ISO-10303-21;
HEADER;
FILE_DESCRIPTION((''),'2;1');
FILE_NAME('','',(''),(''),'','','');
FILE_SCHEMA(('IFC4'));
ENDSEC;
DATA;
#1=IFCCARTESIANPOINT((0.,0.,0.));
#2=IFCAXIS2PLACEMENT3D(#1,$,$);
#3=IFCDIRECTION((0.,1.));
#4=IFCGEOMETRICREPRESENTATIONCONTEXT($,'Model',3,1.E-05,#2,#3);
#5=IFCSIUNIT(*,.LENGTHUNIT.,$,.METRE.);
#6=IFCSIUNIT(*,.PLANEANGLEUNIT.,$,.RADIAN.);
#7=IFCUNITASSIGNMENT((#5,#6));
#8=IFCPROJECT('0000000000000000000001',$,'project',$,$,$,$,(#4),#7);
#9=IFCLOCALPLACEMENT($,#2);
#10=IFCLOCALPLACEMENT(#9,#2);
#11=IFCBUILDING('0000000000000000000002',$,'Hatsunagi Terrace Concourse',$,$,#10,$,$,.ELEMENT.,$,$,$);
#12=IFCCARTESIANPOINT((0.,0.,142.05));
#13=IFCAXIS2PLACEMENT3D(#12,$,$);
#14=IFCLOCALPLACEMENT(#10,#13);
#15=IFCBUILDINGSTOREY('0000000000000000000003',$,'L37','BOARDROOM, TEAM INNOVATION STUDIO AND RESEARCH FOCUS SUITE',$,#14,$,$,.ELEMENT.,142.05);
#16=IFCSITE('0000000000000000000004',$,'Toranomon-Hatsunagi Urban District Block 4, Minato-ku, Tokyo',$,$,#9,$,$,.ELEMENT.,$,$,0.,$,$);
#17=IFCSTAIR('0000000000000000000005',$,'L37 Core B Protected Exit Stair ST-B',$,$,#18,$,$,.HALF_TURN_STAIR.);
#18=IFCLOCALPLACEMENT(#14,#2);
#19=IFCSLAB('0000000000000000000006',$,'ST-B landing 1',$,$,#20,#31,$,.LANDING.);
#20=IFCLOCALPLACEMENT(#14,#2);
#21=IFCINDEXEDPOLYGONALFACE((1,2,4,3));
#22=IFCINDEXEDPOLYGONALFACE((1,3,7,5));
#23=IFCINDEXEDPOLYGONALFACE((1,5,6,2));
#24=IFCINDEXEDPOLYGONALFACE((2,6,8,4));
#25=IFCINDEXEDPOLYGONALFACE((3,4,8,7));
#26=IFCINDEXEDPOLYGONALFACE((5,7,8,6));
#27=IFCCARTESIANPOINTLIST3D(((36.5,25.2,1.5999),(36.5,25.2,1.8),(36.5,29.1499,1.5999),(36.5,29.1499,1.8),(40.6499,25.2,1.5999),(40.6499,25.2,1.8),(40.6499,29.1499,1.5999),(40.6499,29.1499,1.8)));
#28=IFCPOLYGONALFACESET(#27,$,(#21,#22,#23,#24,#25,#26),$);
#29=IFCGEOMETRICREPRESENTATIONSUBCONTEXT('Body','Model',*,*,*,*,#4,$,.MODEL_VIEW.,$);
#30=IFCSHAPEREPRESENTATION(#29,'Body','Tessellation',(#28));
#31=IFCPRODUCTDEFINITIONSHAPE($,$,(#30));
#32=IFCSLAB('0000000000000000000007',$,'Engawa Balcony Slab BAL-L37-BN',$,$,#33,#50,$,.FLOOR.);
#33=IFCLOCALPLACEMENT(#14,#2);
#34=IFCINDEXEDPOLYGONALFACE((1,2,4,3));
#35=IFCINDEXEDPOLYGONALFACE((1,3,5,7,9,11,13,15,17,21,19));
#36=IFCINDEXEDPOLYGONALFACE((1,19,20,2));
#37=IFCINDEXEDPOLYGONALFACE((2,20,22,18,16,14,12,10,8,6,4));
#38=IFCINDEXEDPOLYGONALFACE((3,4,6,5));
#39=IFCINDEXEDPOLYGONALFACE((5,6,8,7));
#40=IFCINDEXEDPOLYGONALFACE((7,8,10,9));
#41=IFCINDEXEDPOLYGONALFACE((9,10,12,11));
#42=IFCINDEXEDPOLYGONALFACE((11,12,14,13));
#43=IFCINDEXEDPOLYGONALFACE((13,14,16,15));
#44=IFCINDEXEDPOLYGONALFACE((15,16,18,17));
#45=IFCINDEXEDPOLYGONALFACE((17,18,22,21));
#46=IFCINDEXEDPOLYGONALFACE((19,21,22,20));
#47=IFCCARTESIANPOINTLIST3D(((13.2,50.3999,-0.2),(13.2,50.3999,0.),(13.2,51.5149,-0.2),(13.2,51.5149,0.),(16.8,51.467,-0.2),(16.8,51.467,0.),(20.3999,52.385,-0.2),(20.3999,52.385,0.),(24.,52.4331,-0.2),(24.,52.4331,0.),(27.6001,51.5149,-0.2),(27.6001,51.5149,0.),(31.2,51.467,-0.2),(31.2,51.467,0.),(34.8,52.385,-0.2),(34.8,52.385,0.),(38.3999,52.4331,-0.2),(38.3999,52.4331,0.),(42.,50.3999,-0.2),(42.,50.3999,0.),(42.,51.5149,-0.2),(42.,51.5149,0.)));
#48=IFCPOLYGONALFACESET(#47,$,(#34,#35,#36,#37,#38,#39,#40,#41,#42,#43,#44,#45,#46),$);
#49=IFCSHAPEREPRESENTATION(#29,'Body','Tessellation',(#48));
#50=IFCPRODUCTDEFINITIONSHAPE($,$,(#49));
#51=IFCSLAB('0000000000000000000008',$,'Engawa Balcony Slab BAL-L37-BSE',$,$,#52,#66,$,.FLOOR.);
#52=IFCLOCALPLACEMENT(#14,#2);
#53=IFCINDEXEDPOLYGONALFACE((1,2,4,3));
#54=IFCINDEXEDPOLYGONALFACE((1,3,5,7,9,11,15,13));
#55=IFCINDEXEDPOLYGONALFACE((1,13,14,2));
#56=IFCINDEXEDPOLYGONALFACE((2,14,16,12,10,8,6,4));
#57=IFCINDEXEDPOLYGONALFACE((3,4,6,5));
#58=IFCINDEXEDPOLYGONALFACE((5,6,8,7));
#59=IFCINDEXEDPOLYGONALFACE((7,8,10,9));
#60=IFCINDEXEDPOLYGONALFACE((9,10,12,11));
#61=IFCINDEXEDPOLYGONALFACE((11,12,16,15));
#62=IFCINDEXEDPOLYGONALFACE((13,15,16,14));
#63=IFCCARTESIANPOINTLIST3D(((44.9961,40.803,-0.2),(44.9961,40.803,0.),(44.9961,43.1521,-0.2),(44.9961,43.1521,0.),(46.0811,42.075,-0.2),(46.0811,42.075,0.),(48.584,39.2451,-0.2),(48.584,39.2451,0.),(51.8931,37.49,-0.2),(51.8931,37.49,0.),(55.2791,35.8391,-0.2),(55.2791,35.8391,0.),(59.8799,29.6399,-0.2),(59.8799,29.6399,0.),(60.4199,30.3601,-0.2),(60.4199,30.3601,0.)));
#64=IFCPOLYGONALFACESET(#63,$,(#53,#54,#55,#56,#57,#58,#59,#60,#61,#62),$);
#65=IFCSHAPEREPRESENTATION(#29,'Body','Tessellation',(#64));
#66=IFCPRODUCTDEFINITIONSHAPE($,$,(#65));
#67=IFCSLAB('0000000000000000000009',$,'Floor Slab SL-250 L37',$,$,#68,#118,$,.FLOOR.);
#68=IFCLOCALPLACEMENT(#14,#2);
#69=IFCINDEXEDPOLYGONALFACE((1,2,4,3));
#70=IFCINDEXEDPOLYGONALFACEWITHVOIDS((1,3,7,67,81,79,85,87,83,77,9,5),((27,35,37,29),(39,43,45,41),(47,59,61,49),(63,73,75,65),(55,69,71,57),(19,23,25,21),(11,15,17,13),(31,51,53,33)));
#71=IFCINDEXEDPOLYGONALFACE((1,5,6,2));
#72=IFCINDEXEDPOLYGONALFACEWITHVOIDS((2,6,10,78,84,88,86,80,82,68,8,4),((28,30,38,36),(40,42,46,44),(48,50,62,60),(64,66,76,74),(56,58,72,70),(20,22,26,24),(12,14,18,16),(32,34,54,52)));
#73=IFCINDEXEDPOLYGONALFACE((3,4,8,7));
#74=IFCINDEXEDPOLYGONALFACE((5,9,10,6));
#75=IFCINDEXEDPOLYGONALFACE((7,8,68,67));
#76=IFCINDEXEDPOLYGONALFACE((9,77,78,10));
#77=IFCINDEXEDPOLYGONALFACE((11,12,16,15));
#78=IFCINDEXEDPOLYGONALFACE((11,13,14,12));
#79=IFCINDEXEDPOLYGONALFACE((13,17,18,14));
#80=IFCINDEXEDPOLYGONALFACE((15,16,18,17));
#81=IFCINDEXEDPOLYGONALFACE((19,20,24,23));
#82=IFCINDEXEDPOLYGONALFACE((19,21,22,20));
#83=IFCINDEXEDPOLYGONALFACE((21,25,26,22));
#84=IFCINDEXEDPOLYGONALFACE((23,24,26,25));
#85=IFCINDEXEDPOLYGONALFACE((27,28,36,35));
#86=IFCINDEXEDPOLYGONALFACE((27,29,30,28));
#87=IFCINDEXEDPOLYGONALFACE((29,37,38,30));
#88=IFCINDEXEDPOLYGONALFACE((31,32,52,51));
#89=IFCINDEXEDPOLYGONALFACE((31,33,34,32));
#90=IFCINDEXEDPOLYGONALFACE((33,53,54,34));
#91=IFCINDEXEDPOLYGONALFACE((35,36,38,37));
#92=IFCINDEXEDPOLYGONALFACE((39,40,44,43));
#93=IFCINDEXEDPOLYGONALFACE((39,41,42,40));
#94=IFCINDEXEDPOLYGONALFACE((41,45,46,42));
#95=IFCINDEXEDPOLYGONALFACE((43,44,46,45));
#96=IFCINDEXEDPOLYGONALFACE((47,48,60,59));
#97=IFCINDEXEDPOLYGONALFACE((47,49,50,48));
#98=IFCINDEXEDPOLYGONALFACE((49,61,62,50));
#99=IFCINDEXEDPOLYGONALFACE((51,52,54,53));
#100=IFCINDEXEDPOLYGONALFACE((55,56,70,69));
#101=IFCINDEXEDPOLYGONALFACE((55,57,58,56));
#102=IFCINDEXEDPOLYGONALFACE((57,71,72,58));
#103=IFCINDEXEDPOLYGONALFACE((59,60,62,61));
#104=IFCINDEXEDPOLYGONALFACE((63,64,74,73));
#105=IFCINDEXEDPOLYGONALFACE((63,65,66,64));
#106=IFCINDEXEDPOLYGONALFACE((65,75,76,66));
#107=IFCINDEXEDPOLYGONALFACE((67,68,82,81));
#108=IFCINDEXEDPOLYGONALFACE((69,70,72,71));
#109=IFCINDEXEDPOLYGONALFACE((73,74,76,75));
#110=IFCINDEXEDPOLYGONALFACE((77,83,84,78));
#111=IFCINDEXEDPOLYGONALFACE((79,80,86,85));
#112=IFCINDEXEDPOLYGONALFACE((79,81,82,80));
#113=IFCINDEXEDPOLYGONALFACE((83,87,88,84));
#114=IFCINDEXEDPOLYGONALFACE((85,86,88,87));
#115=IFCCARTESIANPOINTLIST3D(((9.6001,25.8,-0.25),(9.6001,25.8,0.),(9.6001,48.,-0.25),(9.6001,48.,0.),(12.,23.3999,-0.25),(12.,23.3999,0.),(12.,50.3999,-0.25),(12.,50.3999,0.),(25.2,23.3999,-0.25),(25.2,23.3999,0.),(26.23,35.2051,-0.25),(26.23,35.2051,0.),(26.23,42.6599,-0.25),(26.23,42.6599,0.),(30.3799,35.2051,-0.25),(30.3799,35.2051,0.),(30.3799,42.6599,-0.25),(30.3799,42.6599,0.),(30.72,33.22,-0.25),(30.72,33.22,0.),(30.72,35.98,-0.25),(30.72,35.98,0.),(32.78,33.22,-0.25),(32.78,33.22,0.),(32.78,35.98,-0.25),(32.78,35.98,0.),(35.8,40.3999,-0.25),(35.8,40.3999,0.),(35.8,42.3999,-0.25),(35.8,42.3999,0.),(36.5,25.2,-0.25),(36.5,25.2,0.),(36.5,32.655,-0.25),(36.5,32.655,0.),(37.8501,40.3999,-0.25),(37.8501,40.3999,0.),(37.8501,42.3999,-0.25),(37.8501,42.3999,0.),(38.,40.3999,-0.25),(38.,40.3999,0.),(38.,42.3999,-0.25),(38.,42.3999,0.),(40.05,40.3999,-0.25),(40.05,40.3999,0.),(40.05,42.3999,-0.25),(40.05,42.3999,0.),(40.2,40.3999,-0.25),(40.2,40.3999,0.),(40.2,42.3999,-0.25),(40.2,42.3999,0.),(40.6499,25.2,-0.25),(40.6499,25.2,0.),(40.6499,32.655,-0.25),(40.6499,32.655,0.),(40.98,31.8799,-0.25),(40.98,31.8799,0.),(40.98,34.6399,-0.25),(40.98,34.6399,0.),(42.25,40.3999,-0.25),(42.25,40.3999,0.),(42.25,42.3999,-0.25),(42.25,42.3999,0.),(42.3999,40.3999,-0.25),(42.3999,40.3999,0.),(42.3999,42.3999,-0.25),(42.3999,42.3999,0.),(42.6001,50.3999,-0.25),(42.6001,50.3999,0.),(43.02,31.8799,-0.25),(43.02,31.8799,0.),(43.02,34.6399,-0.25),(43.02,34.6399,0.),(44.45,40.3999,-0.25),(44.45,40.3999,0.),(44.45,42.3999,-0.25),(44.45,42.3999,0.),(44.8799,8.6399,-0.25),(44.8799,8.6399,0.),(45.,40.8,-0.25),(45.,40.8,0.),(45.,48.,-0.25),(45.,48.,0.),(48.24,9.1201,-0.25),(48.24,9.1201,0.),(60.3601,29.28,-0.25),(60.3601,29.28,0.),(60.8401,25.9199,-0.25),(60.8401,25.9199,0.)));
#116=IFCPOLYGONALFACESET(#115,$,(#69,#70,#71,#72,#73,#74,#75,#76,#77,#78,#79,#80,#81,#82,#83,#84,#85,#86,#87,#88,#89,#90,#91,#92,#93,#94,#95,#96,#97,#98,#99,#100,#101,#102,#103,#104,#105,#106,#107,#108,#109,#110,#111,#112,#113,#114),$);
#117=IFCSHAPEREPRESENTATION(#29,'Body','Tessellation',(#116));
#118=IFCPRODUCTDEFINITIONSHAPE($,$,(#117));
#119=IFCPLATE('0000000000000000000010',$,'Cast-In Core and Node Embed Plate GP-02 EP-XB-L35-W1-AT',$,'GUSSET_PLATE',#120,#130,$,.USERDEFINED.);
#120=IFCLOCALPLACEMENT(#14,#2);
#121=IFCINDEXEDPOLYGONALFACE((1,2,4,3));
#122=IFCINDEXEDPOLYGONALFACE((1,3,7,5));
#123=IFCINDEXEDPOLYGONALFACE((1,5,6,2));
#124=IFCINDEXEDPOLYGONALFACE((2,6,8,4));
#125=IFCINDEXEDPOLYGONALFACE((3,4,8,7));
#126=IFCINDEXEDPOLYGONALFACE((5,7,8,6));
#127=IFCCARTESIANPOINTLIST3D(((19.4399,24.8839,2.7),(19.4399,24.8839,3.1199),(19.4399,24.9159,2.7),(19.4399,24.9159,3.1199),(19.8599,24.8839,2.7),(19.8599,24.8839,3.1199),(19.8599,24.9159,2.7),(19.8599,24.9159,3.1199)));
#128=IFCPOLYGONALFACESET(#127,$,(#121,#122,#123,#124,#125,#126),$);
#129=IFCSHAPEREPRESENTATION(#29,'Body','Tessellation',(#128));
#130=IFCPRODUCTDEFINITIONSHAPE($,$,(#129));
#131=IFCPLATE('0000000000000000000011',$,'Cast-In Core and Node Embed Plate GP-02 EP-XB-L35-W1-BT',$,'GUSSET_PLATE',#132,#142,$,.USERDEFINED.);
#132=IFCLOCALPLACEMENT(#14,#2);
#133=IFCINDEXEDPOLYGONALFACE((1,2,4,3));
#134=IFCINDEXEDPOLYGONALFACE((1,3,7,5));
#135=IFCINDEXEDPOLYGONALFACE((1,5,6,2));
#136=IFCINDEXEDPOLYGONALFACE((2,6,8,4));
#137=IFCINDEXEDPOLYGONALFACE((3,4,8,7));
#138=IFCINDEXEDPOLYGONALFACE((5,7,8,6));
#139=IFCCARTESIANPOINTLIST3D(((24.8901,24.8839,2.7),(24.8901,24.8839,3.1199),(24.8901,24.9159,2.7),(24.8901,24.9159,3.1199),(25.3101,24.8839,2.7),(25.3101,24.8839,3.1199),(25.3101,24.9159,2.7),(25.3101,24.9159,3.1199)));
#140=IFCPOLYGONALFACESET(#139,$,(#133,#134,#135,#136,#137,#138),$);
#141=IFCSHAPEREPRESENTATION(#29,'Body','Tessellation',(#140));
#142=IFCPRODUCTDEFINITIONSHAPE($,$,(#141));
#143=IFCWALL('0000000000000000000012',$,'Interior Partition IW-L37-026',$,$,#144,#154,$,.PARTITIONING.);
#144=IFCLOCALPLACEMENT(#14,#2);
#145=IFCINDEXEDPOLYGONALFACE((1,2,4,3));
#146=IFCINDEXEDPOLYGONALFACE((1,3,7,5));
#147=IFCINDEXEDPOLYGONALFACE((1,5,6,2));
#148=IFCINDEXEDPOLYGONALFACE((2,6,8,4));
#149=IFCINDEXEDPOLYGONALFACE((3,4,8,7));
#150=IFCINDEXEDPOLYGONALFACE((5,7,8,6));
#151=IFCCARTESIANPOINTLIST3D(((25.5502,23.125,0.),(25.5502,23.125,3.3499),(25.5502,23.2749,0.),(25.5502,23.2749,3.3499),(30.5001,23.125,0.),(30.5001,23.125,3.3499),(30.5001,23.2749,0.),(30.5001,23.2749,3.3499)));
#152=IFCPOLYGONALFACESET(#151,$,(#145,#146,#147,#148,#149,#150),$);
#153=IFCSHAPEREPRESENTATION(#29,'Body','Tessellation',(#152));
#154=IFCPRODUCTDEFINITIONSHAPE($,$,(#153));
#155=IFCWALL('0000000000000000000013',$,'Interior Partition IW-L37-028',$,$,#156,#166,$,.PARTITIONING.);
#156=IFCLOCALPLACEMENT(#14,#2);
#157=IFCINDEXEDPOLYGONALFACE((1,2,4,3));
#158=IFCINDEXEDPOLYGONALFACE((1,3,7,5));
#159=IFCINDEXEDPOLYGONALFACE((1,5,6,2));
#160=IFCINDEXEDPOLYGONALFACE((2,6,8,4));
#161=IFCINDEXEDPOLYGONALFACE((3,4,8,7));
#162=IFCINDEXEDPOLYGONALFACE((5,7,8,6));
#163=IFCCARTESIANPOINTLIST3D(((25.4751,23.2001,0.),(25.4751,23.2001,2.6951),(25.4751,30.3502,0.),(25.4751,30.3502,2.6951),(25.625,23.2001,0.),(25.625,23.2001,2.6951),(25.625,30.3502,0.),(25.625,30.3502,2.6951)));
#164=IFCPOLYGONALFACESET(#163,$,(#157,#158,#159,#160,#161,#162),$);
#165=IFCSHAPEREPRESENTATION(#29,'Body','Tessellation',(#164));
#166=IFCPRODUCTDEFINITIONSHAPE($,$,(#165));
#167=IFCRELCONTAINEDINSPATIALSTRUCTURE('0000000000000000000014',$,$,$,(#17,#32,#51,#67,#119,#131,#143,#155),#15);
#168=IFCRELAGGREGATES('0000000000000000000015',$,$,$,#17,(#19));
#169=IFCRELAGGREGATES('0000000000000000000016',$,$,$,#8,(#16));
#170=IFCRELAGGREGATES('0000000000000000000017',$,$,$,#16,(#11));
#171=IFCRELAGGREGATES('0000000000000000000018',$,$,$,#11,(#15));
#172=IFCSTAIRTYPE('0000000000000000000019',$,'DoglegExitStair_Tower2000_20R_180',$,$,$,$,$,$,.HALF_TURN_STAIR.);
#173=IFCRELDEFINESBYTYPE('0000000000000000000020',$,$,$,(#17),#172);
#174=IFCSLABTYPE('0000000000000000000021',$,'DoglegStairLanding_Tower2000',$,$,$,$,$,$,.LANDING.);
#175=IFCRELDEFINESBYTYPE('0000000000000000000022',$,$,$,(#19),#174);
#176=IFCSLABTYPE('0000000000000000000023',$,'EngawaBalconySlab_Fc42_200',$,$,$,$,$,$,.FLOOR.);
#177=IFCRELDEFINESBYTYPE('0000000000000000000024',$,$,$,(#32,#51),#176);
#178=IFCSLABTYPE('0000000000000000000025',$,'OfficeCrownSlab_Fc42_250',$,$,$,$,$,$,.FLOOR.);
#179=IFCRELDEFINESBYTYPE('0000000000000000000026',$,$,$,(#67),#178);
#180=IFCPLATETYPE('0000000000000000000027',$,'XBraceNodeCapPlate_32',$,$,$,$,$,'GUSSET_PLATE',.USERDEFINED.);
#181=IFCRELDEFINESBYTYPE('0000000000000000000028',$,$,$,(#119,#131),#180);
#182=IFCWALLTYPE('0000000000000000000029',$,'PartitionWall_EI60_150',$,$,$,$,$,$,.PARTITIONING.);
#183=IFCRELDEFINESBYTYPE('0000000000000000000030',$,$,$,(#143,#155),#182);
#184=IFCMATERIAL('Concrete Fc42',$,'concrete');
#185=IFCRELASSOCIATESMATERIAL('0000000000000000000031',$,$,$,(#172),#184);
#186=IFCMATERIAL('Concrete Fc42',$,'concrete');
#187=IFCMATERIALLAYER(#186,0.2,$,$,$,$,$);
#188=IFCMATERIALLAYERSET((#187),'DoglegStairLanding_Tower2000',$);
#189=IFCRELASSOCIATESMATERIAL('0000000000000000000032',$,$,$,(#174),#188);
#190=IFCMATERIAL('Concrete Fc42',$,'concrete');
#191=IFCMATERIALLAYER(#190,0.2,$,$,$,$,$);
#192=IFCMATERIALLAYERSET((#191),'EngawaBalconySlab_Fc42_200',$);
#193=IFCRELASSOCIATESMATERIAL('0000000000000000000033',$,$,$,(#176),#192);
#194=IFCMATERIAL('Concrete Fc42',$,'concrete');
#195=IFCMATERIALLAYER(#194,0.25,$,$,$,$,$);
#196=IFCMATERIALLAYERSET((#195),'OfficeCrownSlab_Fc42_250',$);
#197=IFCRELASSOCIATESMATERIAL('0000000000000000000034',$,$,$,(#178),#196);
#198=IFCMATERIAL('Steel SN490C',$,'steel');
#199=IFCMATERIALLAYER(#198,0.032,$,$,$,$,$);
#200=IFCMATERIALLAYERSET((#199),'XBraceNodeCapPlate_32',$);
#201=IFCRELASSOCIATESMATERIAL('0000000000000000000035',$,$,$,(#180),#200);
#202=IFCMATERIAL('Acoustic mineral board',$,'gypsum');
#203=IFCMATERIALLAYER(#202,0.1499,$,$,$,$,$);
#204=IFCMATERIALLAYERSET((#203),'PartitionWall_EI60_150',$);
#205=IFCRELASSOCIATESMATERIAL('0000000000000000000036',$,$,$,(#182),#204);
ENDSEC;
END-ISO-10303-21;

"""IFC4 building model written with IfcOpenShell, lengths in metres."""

from ifc_helpers import new_model, si_unit, direction, frame, frame_2d, origin, origin_2d, place, context, subcontext, project, spatial, polyline, rectangle, outline, extrude, material, layer, layer_set, type_object, element, aggregate, save


model = new_model("IFC4")

# Units and contexts
model_context = context("Model", 3, precision=1e-05, world=origin(), true_north=direction((0.0, 1.0)))
body_context = subcontext(model_context, "Body", "Model", "MODEL_VIEW")
ifc_project = project(units=[si_unit("LENGTHUNIT", "METRE"), si_unit("PLANEANGLEUNIT", "RADIAN")], contexts=[model_context])

# Site, building, storey
site_placement = place(None, origin())
site = spatial("IfcSite", under=ifc_project, at=site_placement, Name="Toranomon-Hatsunagi Urban District Block 4, Minato-ku, Tokyo", CompositionType="ELEMENT", RefElevation=0.0)
building_placement = place(site_placement, origin())
building = spatial("IfcBuilding", under=site, at=building_placement, Name="Hatsunagi Terrace Concourse", CompositionType="ELEMENT")
storey_placement = place(building_placement, frame((0.0, 0.0, 142.05)))
storey = spatial("IfcBuildingStorey", under=building, at=storey_placement, Name="L37", Description="BOARDROOM, TEAM INNOVATION STUDIO AND RESEARCH FOCUS SUITE", CompositionType="ELEMENT", Elevation=142.05)

# Stair, slab
ifc_material_1 = material(Name="Concrete Fc42", Category="concrete")
stair_type = type_object("IfcStairType", Name="DoglegExitStair_Tower2000_20R_180", PredefinedType="HALF_TURN_STAIR", material=ifc_material_1)
ifc_material_2 = material(Name="Concrete Fc42", Category="concrete")
ifc_layer_1 = layer(ifc_material_2, 0.2)
ifc_layer_set_1 = layer_set([ifc_layer_1], Name="DoglegStairLanding_Tower2000")
slab_type_1 = type_object("IfcSlabType", Name="DoglegStairLanding_Tower2000", PredefinedType="LANDING", material=ifc_layer_set_1)
stair_1_placement = place(storey_placement, origin())
stair_1 = element("IfcStair", 1, at=stair_1_placement, inside=storey, type_object=stair_type, Name="L37 Core B Protected Exit Stair ST-B", PredefinedType="HALF_TURN_STAIR")
slab_1_placement = place(storey_placement, frame((0.0, 0.0, 1.5999)))
slab_1 = element("IfcSlab", 2, at=slab_1_placement, type_object=slab_type_1, Name="ST-B landing 1", PredefinedType="LANDING", context=body_context, shape_type="SweptSolid", body=[
    extrude(outline(polyline([(36.5, 29.1499), (36.5, 25.2), (40.6499, 25.2), (40.6499, 29.1499), (36.5, 29.1499)])), origin(), (0.0, 0.0, 1.0), 0.2002),
])
aggregate(stair_1, [slab_1])

# Slabs
ifc_material_3 = material(Name="Concrete Fc42", Category="concrete")
ifc_layer_2 = layer(ifc_material_3, 0.2)
ifc_layer_set_2 = layer_set([ifc_layer_2], Name="EngawaBalconySlab_Fc42_200")
slab_type_2 = type_object("IfcSlabType", Name="EngawaBalconySlab_Fc42_200", PredefinedType="FLOOR", material=ifc_layer_set_2)
slab_2_placement = place(storey_placement, frame((0.0, 0.0, -0.2)))
element("IfcSlab", 3, at=slab_2_placement, inside=storey, type_object=slab_type_2, Name="Engawa Balcony Slab BAL-L37-BN", PredefinedType="FLOOR", context=body_context, shape_type="SweptSolid", body=[
    extrude(outline(polyline([(13.2, 51.5149), (13.2, 50.3999), (42.0, 50.3999), (42.0, 51.5149), (38.3999, 52.4331), (34.8, 52.385), (31.2, 51.467), (27.6001, 51.5149), (24.0, 52.4331), (20.3999, 52.385), (16.8, 51.467), (13.2, 51.5149)])), origin(), (0.0, 0.0, 1.0), 0.2),
])
slab_3_placement = place(storey_placement, frame((0.0, 0.0, -0.2)))
element("IfcSlab", 4, at=slab_3_placement, inside=storey, type_object=slab_type_2, Name="Engawa Balcony Slab BAL-L37-BSE", PredefinedType="FLOOR", context=body_context, shape_type="SweptSolid", body=[
    extrude(outline(polyline([(46.0811, 42.075), (44.9961, 43.1521), (44.9961, 40.803), (59.8799, 29.6399), (60.4199, 30.3601), (55.2791, 35.8391), (51.8931, 37.49), (48.584, 39.2451), (46.0811, 42.075)])), origin(), (0.0, 0.0, 1.0), 0.2),
])
ifc_material_4 = material(Name="Concrete Fc42", Category="concrete")
ifc_layer_3 = layer(ifc_material_4, 0.25)
ifc_layer_set_3 = layer_set([ifc_layer_3], Name="OfficeCrownSlab_Fc42_250")
slab_type_3 = type_object("IfcSlabType", Name="OfficeCrownSlab_Fc42_250", PredefinedType="FLOOR", material=ifc_layer_set_3)
slab_4_placement = place(storey_placement, frame((0.0, 0.0, -0.25)))
element("IfcSlab", 5, at=slab_4_placement, inside=storey, type_object=slab_type_3, Name="Floor Slab SL-250 L37", PredefinedType="FLOOR", context=body_context, shape_type="SweptSolid", body=[
    extrude(outline(polyline([(45.0, 40.8), (45.0, 48.0), (42.6001, 50.3999), (12.0, 50.3999), (9.6001, 48.0), (9.6001, 25.8), (12.0, 23.3999), (25.2, 23.3999), (44.8799, 8.6399), (48.24, 9.1201), (60.8401, 25.9199), (60.3601, 29.28), (45.0, 40.8)]), holes=[polyline([(26.23, 35.2051), (30.3799, 35.2051), (30.3799, 42.6599), (26.23, 42.6599), (26.23, 35.2051)]), polyline([(36.5, 25.2), (40.6499, 25.2), (40.6499, 32.655), (36.5, 32.655), (36.5, 25.2)]), polyline([(30.72, 33.22), (32.78, 33.22), (32.78, 35.98), (30.72, 35.98), (30.72, 33.22)]), polyline([(40.98, 31.8799), (43.02, 31.8799), (43.02, 34.6399), (40.98, 34.6399), (40.98, 31.8799)]), polyline([(35.8, 40.3999), (37.8501, 40.3999), (37.8501, 42.3999), (35.8, 42.3999), (35.8, 40.3999)]), polyline([(38.0, 40.3999), (40.05, 40.3999), (40.05, 42.3999), (38.0, 42.3999), (38.0, 40.3999)]), polyline([(40.2, 40.3999), (42.25, 40.3999), (42.25, 42.3999), (40.2, 42.3999), (40.2, 40.3999)]), polyline([(42.3999, 40.3999), (44.45, 40.3999), (44.45, 42.3999), (42.3999, 42.3999), (42.3999, 40.3999)])]), origin(), (0.0, 0.0, 1.0), 0.25),
])

# Plates
ifc_material_5 = material(Name="Steel SN490C", Category="steel")
ifc_layer_4 = layer(ifc_material_5, 0.032)
ifc_layer_set_4 = layer_set([ifc_layer_4], Name="XBraceNodeCapPlate_32")
plate_type_1 = type_object("IfcPlateType", Name="XBraceNodeCapPlate_32", ElementType="GUSSET_PLATE", PredefinedType="USERDEFINED", material=ifc_layer_set_4)
for number, where, z_axis, x_axis, name in (
    (6, (19.6499, 24.8999, 2.7), (0.0, 0.0, 1.0), (1.0, 0.0, 0.0), "Cast-In Core and Node Embed Plate GP-02 EP-XB-L35-W1-AT"),
    (7, (25.1001, 24.8999, 2.7), (0.0, 0.0, 1.0), (1.0, 0.0, 0.0), "Cast-In Core and Node Embed Plate GP-02 EP-XB-L35-W1-BT"),
):
    element("IfcPlate", number, at=place(storey_placement, frame(where, z_axis=z_axis, x_axis=x_axis)), inside=storey, type_object=plate_type_1, Name=name, ObjectType="GUSSET_PLATE", PredefinedType="USERDEFINED", context=body_context, shape_type="SweptSolid", body=[
        extrude(rectangle(XDim=0.4199, YDim=0.032, at=origin_2d()), origin(), (0.0, 0.0, 1.0), 0.4199),
    ])

# Walls
ifc_material_6 = material(Name="Acoustic mineral board", Category="gypsum")
ifc_layer_5 = layer(ifc_material_6, 0.1499)
ifc_layer_set_5 = layer_set([ifc_layer_5], Name="PartitionWall_EI60_150")
wall_type_1 = type_object("IfcWallType", Name="PartitionWall_EI60_150", PredefinedType="PARTITIONING", material=ifc_layer_set_5)
wall_1_placement = place(storey_placement, frame((25.55, 23.2, 0.0), z_axis=(0.0, 0.0, 1.0), x_axis=(1.0, 0.0, 0.0)))
element("IfcWall", 8, at=wall_1_placement, inside=storey, type_object=wall_type_1, Name="Interior Partition IW-L37-026", PredefinedType="PARTITIONING", context=body_context, shape_type="SweptSolid", body=[
    extrude(rectangle(XDim=4.95, YDim=0.1499, at=frame_2d((2.4751, 0.0))), origin(), (0.0, 0.0, 1.0), 3.3499),
])
wall_2_placement = place(storey_placement, frame((25.55, 23.2, 0.0), z_axis=(0.0, 0.0, 1.0), x_axis=(0.0, 1.0, 0.0)))
element("IfcWall", 9, at=wall_2_placement, inside=storey, type_object=wall_type_1, Name="Interior Partition IW-L37-028", PredefinedType="PARTITIONING", context=body_context, shape_type="SweptSolid", body=[
    extrude(rectangle(XDim=7.1501, YDim=0.1499, at=frame_2d((3.5752, 0.0))), origin(), (0.0, 0.0, 1.0), 2.6951),
])

save(model, "model.ifc")
